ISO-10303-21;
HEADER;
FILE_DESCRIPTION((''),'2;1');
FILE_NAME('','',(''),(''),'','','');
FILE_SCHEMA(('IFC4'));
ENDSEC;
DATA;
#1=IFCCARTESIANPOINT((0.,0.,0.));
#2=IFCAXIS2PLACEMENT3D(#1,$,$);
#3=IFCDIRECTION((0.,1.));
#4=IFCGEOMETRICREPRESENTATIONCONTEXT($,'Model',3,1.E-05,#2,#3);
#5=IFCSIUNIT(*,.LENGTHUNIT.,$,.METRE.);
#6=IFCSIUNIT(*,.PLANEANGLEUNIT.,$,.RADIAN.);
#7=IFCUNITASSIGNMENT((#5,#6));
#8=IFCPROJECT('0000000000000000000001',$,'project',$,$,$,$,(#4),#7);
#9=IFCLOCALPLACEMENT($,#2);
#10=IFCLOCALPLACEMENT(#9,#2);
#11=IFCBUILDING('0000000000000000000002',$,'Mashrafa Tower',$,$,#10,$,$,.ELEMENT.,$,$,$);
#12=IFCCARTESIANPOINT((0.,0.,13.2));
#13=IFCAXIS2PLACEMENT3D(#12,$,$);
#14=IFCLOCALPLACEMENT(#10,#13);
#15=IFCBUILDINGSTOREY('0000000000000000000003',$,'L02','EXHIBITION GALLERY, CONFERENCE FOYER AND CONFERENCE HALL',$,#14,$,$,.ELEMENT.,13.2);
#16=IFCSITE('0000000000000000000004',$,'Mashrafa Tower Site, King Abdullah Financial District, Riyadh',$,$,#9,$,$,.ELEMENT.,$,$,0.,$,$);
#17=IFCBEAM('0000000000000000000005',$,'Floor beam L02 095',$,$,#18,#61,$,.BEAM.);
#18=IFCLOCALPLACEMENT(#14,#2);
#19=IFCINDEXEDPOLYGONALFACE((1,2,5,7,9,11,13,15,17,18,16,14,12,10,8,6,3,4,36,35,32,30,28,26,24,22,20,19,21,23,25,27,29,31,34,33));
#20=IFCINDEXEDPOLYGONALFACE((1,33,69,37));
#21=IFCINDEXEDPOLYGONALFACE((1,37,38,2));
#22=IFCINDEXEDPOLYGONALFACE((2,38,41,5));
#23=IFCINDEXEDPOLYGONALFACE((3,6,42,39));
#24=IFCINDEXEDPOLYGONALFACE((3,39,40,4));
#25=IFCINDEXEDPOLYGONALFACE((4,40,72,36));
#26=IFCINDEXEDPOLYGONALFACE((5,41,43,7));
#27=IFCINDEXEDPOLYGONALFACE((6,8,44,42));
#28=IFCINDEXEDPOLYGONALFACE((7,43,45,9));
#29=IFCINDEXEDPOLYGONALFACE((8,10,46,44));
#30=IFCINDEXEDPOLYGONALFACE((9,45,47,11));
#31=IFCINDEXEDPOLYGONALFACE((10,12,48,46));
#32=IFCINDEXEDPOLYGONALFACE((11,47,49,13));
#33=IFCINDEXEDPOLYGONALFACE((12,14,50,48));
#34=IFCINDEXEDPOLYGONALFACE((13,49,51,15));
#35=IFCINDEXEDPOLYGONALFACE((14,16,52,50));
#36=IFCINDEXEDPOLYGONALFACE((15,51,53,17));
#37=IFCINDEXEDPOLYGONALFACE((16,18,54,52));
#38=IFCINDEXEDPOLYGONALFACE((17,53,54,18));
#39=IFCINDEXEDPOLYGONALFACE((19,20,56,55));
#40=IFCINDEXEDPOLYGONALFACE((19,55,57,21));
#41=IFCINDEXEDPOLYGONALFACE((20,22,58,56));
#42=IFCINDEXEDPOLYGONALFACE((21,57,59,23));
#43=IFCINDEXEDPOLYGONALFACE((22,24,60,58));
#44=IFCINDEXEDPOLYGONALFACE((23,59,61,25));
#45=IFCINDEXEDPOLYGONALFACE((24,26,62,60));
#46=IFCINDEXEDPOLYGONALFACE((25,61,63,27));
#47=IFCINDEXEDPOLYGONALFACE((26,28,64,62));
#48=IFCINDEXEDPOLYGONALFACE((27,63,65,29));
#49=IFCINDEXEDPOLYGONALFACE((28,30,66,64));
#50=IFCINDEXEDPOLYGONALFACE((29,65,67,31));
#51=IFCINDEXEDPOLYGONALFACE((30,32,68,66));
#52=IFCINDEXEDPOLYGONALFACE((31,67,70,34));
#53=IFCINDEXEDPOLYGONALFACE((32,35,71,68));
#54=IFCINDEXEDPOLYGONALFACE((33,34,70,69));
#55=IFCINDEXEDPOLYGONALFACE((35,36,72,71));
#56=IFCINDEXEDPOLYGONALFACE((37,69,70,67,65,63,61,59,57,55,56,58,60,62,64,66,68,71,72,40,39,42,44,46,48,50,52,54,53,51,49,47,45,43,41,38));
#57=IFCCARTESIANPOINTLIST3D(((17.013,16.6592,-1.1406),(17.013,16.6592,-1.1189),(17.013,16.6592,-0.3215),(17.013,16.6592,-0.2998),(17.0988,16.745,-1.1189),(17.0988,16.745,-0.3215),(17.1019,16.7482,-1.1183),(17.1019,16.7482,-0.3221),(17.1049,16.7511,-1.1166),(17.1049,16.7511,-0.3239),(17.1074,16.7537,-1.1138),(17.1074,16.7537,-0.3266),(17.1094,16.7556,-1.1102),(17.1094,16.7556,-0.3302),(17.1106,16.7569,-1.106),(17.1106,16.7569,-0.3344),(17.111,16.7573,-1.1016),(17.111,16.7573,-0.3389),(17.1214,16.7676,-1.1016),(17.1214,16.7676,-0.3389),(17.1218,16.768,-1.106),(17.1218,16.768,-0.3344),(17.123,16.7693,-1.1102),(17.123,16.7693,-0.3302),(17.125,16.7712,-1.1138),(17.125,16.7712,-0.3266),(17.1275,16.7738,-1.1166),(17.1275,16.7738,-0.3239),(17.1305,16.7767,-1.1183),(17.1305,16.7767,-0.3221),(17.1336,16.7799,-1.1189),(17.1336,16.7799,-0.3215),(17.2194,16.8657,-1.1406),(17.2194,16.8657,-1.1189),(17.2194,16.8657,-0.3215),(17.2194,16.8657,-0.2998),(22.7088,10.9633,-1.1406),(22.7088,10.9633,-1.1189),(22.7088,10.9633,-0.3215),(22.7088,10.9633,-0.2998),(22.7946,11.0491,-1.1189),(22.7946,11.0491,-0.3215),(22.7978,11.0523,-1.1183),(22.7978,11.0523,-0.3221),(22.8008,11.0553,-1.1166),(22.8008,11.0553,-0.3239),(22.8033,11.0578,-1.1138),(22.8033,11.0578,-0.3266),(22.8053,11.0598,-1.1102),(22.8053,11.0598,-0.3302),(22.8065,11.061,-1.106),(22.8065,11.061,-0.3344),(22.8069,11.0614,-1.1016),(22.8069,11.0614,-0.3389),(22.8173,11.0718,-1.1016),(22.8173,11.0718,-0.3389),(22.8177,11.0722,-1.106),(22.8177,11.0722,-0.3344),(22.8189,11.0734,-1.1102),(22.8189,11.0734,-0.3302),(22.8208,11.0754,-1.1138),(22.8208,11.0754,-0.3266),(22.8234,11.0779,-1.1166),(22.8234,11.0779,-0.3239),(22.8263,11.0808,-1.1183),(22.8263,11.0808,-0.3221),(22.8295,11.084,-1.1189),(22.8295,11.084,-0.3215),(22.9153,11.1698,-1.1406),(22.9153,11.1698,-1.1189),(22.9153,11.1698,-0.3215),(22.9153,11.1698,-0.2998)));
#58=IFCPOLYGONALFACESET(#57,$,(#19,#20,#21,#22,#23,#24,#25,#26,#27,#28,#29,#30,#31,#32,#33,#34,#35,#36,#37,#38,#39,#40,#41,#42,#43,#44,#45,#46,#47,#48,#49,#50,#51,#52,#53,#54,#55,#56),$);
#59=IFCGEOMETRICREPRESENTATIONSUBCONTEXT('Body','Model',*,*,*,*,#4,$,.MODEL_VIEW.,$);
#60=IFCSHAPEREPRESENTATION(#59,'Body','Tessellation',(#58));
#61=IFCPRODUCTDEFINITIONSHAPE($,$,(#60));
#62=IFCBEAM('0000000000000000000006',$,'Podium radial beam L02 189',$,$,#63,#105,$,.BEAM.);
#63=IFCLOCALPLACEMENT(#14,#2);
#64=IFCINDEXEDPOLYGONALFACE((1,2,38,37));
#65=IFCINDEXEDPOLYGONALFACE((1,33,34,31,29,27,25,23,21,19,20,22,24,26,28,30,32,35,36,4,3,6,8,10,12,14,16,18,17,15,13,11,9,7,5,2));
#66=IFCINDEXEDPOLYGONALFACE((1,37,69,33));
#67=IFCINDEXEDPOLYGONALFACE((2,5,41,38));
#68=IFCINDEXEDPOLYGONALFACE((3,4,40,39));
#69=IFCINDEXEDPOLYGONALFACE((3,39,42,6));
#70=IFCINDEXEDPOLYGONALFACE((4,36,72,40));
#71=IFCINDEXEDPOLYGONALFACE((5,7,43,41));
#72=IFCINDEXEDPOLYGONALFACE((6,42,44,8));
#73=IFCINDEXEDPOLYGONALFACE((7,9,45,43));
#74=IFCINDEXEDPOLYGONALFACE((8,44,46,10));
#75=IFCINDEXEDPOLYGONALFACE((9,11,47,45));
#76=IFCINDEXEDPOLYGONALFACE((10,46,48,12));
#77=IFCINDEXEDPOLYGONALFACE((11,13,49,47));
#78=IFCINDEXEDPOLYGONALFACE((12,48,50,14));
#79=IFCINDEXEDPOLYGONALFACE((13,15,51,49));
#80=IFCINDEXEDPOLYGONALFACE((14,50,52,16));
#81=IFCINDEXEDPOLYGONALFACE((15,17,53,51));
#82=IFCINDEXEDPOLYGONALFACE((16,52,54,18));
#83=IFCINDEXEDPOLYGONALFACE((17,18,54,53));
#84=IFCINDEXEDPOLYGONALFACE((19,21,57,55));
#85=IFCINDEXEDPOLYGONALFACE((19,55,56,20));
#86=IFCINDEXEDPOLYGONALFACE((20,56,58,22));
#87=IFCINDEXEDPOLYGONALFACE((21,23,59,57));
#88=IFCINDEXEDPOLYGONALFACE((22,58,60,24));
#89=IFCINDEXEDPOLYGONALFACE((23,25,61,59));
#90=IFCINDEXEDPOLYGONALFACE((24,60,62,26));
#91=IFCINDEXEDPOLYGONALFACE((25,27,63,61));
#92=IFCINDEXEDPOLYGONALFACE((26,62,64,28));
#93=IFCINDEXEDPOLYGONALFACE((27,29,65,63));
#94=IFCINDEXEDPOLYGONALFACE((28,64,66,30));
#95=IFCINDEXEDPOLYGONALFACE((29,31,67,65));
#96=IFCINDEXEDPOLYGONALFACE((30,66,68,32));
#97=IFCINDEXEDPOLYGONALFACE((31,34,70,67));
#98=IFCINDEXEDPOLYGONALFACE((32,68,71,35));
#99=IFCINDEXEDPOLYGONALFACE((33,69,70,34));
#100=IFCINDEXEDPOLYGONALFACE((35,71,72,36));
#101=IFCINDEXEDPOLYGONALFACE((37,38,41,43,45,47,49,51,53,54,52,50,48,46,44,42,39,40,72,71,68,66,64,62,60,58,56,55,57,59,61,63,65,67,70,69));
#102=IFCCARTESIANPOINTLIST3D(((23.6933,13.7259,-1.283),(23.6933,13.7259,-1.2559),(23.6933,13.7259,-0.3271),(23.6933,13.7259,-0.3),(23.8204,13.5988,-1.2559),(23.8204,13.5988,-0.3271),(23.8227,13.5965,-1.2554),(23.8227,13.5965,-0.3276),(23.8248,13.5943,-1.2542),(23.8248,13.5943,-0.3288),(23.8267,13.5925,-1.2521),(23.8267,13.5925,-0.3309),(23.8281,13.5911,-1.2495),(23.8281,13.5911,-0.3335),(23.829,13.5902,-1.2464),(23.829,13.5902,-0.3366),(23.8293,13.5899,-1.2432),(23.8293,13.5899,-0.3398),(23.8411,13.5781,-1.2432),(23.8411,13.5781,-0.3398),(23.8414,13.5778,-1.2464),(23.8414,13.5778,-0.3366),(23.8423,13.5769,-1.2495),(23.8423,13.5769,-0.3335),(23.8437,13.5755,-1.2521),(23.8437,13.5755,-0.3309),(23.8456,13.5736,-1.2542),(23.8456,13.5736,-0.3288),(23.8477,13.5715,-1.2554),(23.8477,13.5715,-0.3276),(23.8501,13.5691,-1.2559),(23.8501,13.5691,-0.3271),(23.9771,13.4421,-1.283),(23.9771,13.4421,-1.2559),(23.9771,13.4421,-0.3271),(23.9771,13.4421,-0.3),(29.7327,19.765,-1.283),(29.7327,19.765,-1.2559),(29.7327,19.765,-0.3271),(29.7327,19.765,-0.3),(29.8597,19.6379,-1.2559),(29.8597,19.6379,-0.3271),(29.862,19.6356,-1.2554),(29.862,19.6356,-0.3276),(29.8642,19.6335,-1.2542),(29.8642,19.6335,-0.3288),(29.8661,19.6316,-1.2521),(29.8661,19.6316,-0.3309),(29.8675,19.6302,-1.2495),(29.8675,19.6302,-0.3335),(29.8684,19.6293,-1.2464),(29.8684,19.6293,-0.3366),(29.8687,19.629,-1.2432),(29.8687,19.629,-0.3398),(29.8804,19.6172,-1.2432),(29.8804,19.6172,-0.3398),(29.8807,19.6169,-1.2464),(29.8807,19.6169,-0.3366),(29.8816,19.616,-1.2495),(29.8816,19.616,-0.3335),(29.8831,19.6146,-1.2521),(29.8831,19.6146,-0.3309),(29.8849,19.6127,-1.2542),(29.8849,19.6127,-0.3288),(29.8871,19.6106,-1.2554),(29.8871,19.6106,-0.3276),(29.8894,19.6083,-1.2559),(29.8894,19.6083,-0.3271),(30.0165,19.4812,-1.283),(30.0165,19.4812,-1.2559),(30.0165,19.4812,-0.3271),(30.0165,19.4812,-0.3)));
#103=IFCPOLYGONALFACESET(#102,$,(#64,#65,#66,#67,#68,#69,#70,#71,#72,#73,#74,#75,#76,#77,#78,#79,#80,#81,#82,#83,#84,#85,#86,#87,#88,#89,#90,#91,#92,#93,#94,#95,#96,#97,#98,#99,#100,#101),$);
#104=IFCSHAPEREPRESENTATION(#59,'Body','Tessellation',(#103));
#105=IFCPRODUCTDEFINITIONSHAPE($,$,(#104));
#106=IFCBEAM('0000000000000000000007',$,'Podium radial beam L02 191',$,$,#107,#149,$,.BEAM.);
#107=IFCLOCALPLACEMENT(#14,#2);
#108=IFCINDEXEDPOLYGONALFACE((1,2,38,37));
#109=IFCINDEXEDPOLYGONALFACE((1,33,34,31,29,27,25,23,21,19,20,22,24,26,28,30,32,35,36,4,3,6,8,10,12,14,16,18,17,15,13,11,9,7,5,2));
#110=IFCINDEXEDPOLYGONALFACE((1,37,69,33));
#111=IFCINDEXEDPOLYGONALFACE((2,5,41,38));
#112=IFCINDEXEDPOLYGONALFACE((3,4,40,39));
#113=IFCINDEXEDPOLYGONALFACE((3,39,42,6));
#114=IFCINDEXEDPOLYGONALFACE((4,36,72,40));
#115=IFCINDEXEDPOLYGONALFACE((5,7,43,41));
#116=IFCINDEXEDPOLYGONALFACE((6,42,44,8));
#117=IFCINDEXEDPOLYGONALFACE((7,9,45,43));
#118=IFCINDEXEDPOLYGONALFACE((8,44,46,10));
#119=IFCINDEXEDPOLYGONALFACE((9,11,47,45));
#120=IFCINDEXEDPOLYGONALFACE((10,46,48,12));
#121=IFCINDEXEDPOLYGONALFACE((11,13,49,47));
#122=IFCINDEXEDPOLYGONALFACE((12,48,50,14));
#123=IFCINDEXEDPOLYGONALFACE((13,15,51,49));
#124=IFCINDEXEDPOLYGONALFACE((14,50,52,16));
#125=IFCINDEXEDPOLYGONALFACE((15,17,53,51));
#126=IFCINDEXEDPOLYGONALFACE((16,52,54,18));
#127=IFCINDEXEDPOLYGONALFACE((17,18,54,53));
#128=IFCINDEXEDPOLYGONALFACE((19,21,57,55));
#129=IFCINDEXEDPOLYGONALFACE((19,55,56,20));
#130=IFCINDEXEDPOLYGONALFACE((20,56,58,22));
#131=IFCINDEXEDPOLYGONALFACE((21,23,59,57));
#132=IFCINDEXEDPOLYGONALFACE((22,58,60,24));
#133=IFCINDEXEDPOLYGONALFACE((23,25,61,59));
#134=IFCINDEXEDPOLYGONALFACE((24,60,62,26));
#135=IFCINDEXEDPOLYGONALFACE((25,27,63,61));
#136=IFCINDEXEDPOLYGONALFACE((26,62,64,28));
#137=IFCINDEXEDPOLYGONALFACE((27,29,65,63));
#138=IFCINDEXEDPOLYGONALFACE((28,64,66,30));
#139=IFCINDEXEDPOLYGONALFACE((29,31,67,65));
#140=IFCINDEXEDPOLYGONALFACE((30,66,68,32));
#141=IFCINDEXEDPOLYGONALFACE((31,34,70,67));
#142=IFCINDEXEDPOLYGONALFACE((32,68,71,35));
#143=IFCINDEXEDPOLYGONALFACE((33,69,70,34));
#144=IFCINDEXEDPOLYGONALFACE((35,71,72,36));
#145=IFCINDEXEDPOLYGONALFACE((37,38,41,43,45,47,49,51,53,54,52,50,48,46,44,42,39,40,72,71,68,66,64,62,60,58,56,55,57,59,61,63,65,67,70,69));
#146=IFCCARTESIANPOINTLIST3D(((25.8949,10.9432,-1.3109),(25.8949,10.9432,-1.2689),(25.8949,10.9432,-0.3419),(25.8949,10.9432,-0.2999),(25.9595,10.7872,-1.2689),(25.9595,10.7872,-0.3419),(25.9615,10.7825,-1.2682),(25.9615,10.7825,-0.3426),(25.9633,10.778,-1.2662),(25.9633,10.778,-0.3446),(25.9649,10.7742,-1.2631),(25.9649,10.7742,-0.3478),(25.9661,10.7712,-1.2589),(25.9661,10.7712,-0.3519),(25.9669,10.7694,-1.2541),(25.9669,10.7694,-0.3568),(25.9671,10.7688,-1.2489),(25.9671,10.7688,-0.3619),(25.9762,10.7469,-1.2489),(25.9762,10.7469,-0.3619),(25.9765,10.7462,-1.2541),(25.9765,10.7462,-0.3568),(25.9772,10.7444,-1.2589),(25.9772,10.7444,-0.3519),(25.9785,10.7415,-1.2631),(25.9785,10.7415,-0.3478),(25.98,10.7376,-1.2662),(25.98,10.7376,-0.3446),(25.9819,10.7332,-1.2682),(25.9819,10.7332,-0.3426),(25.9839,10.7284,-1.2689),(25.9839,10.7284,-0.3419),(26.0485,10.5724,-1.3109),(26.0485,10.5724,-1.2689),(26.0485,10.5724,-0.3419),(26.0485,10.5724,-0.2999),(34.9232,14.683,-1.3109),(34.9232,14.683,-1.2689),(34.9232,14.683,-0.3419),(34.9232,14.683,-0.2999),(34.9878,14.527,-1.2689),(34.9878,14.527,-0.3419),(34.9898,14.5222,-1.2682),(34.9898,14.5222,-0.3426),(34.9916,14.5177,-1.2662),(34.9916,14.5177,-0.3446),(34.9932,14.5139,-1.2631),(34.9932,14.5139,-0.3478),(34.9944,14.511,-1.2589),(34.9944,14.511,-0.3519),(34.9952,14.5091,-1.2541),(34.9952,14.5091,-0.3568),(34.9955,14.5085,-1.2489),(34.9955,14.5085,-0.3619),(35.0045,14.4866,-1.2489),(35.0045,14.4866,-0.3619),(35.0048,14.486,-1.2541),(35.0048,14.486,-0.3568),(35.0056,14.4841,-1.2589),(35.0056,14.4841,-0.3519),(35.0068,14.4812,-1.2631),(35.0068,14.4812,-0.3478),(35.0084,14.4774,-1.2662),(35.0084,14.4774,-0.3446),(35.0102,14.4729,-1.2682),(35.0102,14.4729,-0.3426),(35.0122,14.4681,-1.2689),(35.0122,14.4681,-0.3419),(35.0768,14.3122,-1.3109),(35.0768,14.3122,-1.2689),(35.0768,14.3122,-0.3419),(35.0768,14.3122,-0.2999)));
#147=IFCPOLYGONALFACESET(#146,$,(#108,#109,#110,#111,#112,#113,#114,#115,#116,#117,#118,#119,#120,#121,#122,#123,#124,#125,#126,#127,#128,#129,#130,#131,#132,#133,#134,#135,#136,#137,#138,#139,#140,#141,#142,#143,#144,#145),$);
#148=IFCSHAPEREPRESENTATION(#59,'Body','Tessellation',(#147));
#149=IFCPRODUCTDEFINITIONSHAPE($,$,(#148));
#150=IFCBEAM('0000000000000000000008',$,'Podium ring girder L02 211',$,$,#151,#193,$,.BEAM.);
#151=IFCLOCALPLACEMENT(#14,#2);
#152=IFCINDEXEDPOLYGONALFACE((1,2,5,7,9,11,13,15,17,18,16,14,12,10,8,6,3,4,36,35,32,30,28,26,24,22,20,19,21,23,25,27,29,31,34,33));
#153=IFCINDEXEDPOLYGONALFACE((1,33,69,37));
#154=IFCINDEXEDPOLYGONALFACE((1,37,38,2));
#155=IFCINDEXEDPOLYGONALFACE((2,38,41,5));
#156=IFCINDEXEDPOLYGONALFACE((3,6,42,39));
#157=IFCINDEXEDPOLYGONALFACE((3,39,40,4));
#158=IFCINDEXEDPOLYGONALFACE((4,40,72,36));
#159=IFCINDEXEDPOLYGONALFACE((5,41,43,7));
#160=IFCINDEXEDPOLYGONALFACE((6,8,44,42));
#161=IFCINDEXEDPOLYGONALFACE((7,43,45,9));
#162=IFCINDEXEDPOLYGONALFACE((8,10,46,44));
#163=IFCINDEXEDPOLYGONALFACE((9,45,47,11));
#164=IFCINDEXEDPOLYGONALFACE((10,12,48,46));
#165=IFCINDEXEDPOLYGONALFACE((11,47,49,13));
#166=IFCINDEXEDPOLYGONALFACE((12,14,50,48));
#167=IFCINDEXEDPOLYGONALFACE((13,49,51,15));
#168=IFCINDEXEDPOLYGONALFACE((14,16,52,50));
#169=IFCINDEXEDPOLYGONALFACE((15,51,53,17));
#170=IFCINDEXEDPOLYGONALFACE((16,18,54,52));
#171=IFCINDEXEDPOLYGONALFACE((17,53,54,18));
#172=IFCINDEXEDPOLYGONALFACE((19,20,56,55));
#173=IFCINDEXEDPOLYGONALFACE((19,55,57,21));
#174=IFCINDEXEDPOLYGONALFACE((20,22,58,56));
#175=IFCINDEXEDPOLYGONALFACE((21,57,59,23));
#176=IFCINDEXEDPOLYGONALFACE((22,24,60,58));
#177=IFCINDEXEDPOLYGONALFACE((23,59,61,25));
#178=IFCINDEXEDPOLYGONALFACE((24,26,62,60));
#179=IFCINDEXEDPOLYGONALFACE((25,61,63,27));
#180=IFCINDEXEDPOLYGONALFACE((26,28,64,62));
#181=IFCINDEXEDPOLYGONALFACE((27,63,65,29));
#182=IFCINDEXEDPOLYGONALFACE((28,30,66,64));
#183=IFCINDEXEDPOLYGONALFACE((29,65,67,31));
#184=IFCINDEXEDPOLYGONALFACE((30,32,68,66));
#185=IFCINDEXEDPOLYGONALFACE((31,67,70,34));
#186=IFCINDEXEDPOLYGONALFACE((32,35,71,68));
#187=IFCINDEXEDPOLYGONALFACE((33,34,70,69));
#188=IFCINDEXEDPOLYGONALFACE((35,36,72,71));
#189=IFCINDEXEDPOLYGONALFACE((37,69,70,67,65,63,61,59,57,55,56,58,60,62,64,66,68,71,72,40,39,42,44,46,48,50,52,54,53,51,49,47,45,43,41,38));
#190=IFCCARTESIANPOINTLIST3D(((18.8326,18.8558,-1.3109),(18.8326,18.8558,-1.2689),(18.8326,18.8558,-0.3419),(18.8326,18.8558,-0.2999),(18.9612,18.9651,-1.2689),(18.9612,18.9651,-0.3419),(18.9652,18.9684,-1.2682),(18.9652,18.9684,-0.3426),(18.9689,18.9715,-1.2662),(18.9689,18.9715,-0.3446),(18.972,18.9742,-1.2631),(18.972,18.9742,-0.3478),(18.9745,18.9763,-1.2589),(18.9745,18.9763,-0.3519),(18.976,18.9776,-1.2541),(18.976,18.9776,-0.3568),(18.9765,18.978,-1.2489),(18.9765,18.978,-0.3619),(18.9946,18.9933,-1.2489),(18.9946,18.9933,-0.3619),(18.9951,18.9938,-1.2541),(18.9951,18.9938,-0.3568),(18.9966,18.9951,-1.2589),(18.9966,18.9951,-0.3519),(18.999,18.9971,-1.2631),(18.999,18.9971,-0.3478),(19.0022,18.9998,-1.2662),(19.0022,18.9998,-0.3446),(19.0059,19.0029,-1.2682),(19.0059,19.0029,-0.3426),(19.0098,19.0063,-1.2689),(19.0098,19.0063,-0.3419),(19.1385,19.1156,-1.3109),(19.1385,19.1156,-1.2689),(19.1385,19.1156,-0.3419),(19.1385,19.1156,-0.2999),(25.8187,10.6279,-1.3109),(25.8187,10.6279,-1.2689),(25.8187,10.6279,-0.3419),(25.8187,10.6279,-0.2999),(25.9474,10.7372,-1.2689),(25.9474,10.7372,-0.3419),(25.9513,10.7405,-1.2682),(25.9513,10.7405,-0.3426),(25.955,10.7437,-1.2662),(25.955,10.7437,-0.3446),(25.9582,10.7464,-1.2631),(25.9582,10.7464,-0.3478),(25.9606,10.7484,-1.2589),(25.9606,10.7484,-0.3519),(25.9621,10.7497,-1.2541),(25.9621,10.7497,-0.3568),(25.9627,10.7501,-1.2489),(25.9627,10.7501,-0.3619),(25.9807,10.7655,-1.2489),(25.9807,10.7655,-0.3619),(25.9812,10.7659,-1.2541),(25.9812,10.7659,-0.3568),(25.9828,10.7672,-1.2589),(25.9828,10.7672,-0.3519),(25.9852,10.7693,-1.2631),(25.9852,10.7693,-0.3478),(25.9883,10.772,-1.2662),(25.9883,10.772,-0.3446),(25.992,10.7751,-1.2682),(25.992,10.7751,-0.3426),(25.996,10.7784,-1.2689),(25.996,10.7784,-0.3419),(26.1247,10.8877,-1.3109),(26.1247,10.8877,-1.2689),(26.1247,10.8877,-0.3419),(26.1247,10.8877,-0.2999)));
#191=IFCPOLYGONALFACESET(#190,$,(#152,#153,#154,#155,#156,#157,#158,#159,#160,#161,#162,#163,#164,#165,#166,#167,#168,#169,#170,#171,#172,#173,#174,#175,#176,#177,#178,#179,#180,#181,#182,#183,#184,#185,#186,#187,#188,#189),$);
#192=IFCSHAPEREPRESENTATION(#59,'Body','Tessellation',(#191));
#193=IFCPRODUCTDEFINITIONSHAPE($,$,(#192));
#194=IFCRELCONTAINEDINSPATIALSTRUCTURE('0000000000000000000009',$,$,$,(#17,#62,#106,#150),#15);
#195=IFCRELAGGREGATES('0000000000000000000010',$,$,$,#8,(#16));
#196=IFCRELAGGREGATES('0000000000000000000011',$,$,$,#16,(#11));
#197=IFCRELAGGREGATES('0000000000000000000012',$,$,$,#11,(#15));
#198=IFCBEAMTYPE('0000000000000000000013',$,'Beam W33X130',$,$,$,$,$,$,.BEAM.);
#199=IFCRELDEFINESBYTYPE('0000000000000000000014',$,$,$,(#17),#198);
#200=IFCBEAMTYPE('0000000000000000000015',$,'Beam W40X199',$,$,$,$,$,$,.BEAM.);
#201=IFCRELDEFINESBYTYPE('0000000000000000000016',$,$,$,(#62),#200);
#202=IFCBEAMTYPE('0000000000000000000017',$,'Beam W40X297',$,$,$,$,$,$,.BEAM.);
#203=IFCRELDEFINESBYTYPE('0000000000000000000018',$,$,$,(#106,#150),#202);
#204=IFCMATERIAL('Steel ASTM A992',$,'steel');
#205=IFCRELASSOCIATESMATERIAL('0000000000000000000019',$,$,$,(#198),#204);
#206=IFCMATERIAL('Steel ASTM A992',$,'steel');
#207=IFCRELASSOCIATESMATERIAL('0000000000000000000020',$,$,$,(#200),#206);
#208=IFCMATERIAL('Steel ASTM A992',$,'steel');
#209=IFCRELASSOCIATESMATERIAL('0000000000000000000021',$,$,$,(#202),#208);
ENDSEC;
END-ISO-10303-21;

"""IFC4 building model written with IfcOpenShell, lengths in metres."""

from ifc_helpers import new_model, si_unit, direction, frame, origin, origin_2d, place, context, subcontext, project, spatial, i_section, extrude, material, material_profile, profile_set, type_object, element, save


model = new_model("IFC4")

# Units and contexts
model_context = context("Model", 3, precision=1e-05, world=origin(), true_north=direction((0.0, 1.0)))
body_context = subcontext(model_context, "Body", "Model", "MODEL_VIEW")
ifc_project = project(units=[si_unit("LENGTHUNIT", "METRE"), si_unit("PLANEANGLEUNIT", "RADIAN")], contexts=[model_context])

# Site, building, storey
site_placement = place(None, origin())
site = spatial("IfcSite", under=ifc_project, at=site_placement, Name="Mashrafa Tower Site, King Abdullah Financial District, Riyadh", CompositionType="ELEMENT", RefElevation=0.0)
building_placement = place(site_placement, origin())
building = spatial("IfcBuilding", under=site, at=building_placement, Name="Mashrafa Tower", CompositionType="ELEMENT")
storey_placement = place(building_placement, frame((0.0, 0.0, 13.2)))
storey = spatial("IfcBuildingStorey", under=building, at=storey_placement, Name="L02", Description="EXHIBITION GALLERY, CONFERENCE FOYER AND CONFERENCE HALL", CompositionType="ELEMENT", Elevation=13.2)

# Beams
ifc_material_1 = material(Name="Steel ASTM A992", Category="steel")
ifc_material_profile_1 = material_profile(ifc_material_1, i_section(OverallWidth=0.292, OverallDepth=0.8408, WebThickness=0.0146, FlangeThickness=0.0217, FilletRadius=0.0173, at=origin_2d()), Name="W33X130")
ifc_profile_set_1 = profile_set([ifc_material_profile_1], Name="Steel ASTM A992")
beam_type_1 = type_object("IfcBeamType", Name="Beam W33X130", PredefinedType="BEAM", material=ifc_profile_set_1)
beam_1_placement = place(storey_placement, frame((17.1162, 16.7625, -0.7202), z_axis=(0.707107, -0.707107, 0.0), x_axis=(0.707107, 0.707107, 0.0)))
element("IfcBeam", 1, at=beam_1_placement, inside=storey, type_object=beam_type_1, Name="Floor beam L02 095", PredefinedType="BEAM", context=body_context, shape_type="SweptSolid", body=[
    extrude(i_section(OverallWidth=0.292, OverallDepth=0.8408, WebThickness=0.0146, FlangeThickness=0.0217, FilletRadius=0.0173, at=origin_2d()), origin(), (0.0, 0.0, 1.0), 8.0552),
])
ifc_material_2 = material(Name="Steel ASTM A992", Category="steel")
ifc_material_profile_2 = material_profile(ifc_material_2, i_section(OverallWidth=0.4014, OverallDepth=0.9829, WebThickness=0.0166, FlangeThickness=0.0271, FilletRadius=0.0127, at=origin_2d()), Name="W40X199")
ifc_profile_set_2 = profile_set([ifc_material_profile_2], Name="Steel ASTM A992")
beam_type_2 = type_object("IfcBeamType", Name="Beam W40X199", PredefinedType="BEAM", material=ifc_profile_set_2)
beam_2_placement = place(storey_placement, frame((23.8352, 13.584, -0.7915), z_axis=(0.707121, 0.707092, 0.0), x_axis=(-0.707092, 0.707121, 0.0)))
element("IfcBeam", 2, at=beam_2_placement, inside=storey, type_object=beam_type_2, Name="Podium radial beam L02 189", PredefinedType="BEAM", context=body_context, shape_type="SweptSolid", body=[
    extrude(i_section(OverallWidth=0.4014, OverallDepth=0.9829, WebThickness=0.0166, FlangeThickness=0.0271, FilletRadius=0.0127, at=origin_2d()), origin(), (0.0, 0.0, 1.0), 8.5408),
])
ifc_material_3 = material(Name="Steel ASTM A992", Category="steel")
ifc_material_profile_3 = material_profile(ifc_material_3, i_section(OverallWidth=0.4014, OverallDepth=1.011, WebThickness=0.0237, FlangeThickness=0.042, FilletRadius=0.02, at=origin_2d()), Name="W40X297")
ifc_profile_set_3 = profile_set([ifc_material_profile_3], Name="Steel ASTM A992")
beam_type_3 = type_object("IfcBeamType", Name="Beam W40X297", PredefinedType="BEAM", material=ifc_profile_set_3)
beam_3_placement = place(storey_placement, frame((25.9717, 10.7578, -0.8054), z_axis=(0.923876, 0.382692, 0.0), x_axis=(-0.382692, 0.923876, 0.0)))
element("IfcBeam", 3, at=beam_3_placement, inside=storey, type_object=beam_type_3, Name="Podium radial beam L02 191", PredefinedType="BEAM", context=body_context, shape_type="SweptSolid", body=[
    extrude(i_section(OverallWidth=0.4014, OverallDepth=1.011, WebThickness=0.0237, FlangeThickness=0.042, FilletRadius=0.02, at=origin_2d()), origin(), (0.0, 0.0, 1.0), 9.7722),
])
beam_4_placement = place(storey_placement, frame((25.9717, 10.7578, -0.8054), z_axis=(-0.647243, 0.762284, 0.0), x_axis=(-0.762284, -0.647243, 0.0)))
element("IfcBeam", 4, at=beam_4_placement, inside=storey, type_object=beam_type_3, Name="Podium ring girder L02 211", PredefinedType="BEAM", context=body_context, shape_type="SweptSolid", body=[
    extrude(i_section(OverallWidth=0.4014, OverallDepth=1.011, WebThickness=0.0237, FlangeThickness=0.042, FilletRadius=0.02, at=origin_2d()), origin(), (0.0, 0.0, 1.0), 10.7937),
])

save(model, "model.ifc")
